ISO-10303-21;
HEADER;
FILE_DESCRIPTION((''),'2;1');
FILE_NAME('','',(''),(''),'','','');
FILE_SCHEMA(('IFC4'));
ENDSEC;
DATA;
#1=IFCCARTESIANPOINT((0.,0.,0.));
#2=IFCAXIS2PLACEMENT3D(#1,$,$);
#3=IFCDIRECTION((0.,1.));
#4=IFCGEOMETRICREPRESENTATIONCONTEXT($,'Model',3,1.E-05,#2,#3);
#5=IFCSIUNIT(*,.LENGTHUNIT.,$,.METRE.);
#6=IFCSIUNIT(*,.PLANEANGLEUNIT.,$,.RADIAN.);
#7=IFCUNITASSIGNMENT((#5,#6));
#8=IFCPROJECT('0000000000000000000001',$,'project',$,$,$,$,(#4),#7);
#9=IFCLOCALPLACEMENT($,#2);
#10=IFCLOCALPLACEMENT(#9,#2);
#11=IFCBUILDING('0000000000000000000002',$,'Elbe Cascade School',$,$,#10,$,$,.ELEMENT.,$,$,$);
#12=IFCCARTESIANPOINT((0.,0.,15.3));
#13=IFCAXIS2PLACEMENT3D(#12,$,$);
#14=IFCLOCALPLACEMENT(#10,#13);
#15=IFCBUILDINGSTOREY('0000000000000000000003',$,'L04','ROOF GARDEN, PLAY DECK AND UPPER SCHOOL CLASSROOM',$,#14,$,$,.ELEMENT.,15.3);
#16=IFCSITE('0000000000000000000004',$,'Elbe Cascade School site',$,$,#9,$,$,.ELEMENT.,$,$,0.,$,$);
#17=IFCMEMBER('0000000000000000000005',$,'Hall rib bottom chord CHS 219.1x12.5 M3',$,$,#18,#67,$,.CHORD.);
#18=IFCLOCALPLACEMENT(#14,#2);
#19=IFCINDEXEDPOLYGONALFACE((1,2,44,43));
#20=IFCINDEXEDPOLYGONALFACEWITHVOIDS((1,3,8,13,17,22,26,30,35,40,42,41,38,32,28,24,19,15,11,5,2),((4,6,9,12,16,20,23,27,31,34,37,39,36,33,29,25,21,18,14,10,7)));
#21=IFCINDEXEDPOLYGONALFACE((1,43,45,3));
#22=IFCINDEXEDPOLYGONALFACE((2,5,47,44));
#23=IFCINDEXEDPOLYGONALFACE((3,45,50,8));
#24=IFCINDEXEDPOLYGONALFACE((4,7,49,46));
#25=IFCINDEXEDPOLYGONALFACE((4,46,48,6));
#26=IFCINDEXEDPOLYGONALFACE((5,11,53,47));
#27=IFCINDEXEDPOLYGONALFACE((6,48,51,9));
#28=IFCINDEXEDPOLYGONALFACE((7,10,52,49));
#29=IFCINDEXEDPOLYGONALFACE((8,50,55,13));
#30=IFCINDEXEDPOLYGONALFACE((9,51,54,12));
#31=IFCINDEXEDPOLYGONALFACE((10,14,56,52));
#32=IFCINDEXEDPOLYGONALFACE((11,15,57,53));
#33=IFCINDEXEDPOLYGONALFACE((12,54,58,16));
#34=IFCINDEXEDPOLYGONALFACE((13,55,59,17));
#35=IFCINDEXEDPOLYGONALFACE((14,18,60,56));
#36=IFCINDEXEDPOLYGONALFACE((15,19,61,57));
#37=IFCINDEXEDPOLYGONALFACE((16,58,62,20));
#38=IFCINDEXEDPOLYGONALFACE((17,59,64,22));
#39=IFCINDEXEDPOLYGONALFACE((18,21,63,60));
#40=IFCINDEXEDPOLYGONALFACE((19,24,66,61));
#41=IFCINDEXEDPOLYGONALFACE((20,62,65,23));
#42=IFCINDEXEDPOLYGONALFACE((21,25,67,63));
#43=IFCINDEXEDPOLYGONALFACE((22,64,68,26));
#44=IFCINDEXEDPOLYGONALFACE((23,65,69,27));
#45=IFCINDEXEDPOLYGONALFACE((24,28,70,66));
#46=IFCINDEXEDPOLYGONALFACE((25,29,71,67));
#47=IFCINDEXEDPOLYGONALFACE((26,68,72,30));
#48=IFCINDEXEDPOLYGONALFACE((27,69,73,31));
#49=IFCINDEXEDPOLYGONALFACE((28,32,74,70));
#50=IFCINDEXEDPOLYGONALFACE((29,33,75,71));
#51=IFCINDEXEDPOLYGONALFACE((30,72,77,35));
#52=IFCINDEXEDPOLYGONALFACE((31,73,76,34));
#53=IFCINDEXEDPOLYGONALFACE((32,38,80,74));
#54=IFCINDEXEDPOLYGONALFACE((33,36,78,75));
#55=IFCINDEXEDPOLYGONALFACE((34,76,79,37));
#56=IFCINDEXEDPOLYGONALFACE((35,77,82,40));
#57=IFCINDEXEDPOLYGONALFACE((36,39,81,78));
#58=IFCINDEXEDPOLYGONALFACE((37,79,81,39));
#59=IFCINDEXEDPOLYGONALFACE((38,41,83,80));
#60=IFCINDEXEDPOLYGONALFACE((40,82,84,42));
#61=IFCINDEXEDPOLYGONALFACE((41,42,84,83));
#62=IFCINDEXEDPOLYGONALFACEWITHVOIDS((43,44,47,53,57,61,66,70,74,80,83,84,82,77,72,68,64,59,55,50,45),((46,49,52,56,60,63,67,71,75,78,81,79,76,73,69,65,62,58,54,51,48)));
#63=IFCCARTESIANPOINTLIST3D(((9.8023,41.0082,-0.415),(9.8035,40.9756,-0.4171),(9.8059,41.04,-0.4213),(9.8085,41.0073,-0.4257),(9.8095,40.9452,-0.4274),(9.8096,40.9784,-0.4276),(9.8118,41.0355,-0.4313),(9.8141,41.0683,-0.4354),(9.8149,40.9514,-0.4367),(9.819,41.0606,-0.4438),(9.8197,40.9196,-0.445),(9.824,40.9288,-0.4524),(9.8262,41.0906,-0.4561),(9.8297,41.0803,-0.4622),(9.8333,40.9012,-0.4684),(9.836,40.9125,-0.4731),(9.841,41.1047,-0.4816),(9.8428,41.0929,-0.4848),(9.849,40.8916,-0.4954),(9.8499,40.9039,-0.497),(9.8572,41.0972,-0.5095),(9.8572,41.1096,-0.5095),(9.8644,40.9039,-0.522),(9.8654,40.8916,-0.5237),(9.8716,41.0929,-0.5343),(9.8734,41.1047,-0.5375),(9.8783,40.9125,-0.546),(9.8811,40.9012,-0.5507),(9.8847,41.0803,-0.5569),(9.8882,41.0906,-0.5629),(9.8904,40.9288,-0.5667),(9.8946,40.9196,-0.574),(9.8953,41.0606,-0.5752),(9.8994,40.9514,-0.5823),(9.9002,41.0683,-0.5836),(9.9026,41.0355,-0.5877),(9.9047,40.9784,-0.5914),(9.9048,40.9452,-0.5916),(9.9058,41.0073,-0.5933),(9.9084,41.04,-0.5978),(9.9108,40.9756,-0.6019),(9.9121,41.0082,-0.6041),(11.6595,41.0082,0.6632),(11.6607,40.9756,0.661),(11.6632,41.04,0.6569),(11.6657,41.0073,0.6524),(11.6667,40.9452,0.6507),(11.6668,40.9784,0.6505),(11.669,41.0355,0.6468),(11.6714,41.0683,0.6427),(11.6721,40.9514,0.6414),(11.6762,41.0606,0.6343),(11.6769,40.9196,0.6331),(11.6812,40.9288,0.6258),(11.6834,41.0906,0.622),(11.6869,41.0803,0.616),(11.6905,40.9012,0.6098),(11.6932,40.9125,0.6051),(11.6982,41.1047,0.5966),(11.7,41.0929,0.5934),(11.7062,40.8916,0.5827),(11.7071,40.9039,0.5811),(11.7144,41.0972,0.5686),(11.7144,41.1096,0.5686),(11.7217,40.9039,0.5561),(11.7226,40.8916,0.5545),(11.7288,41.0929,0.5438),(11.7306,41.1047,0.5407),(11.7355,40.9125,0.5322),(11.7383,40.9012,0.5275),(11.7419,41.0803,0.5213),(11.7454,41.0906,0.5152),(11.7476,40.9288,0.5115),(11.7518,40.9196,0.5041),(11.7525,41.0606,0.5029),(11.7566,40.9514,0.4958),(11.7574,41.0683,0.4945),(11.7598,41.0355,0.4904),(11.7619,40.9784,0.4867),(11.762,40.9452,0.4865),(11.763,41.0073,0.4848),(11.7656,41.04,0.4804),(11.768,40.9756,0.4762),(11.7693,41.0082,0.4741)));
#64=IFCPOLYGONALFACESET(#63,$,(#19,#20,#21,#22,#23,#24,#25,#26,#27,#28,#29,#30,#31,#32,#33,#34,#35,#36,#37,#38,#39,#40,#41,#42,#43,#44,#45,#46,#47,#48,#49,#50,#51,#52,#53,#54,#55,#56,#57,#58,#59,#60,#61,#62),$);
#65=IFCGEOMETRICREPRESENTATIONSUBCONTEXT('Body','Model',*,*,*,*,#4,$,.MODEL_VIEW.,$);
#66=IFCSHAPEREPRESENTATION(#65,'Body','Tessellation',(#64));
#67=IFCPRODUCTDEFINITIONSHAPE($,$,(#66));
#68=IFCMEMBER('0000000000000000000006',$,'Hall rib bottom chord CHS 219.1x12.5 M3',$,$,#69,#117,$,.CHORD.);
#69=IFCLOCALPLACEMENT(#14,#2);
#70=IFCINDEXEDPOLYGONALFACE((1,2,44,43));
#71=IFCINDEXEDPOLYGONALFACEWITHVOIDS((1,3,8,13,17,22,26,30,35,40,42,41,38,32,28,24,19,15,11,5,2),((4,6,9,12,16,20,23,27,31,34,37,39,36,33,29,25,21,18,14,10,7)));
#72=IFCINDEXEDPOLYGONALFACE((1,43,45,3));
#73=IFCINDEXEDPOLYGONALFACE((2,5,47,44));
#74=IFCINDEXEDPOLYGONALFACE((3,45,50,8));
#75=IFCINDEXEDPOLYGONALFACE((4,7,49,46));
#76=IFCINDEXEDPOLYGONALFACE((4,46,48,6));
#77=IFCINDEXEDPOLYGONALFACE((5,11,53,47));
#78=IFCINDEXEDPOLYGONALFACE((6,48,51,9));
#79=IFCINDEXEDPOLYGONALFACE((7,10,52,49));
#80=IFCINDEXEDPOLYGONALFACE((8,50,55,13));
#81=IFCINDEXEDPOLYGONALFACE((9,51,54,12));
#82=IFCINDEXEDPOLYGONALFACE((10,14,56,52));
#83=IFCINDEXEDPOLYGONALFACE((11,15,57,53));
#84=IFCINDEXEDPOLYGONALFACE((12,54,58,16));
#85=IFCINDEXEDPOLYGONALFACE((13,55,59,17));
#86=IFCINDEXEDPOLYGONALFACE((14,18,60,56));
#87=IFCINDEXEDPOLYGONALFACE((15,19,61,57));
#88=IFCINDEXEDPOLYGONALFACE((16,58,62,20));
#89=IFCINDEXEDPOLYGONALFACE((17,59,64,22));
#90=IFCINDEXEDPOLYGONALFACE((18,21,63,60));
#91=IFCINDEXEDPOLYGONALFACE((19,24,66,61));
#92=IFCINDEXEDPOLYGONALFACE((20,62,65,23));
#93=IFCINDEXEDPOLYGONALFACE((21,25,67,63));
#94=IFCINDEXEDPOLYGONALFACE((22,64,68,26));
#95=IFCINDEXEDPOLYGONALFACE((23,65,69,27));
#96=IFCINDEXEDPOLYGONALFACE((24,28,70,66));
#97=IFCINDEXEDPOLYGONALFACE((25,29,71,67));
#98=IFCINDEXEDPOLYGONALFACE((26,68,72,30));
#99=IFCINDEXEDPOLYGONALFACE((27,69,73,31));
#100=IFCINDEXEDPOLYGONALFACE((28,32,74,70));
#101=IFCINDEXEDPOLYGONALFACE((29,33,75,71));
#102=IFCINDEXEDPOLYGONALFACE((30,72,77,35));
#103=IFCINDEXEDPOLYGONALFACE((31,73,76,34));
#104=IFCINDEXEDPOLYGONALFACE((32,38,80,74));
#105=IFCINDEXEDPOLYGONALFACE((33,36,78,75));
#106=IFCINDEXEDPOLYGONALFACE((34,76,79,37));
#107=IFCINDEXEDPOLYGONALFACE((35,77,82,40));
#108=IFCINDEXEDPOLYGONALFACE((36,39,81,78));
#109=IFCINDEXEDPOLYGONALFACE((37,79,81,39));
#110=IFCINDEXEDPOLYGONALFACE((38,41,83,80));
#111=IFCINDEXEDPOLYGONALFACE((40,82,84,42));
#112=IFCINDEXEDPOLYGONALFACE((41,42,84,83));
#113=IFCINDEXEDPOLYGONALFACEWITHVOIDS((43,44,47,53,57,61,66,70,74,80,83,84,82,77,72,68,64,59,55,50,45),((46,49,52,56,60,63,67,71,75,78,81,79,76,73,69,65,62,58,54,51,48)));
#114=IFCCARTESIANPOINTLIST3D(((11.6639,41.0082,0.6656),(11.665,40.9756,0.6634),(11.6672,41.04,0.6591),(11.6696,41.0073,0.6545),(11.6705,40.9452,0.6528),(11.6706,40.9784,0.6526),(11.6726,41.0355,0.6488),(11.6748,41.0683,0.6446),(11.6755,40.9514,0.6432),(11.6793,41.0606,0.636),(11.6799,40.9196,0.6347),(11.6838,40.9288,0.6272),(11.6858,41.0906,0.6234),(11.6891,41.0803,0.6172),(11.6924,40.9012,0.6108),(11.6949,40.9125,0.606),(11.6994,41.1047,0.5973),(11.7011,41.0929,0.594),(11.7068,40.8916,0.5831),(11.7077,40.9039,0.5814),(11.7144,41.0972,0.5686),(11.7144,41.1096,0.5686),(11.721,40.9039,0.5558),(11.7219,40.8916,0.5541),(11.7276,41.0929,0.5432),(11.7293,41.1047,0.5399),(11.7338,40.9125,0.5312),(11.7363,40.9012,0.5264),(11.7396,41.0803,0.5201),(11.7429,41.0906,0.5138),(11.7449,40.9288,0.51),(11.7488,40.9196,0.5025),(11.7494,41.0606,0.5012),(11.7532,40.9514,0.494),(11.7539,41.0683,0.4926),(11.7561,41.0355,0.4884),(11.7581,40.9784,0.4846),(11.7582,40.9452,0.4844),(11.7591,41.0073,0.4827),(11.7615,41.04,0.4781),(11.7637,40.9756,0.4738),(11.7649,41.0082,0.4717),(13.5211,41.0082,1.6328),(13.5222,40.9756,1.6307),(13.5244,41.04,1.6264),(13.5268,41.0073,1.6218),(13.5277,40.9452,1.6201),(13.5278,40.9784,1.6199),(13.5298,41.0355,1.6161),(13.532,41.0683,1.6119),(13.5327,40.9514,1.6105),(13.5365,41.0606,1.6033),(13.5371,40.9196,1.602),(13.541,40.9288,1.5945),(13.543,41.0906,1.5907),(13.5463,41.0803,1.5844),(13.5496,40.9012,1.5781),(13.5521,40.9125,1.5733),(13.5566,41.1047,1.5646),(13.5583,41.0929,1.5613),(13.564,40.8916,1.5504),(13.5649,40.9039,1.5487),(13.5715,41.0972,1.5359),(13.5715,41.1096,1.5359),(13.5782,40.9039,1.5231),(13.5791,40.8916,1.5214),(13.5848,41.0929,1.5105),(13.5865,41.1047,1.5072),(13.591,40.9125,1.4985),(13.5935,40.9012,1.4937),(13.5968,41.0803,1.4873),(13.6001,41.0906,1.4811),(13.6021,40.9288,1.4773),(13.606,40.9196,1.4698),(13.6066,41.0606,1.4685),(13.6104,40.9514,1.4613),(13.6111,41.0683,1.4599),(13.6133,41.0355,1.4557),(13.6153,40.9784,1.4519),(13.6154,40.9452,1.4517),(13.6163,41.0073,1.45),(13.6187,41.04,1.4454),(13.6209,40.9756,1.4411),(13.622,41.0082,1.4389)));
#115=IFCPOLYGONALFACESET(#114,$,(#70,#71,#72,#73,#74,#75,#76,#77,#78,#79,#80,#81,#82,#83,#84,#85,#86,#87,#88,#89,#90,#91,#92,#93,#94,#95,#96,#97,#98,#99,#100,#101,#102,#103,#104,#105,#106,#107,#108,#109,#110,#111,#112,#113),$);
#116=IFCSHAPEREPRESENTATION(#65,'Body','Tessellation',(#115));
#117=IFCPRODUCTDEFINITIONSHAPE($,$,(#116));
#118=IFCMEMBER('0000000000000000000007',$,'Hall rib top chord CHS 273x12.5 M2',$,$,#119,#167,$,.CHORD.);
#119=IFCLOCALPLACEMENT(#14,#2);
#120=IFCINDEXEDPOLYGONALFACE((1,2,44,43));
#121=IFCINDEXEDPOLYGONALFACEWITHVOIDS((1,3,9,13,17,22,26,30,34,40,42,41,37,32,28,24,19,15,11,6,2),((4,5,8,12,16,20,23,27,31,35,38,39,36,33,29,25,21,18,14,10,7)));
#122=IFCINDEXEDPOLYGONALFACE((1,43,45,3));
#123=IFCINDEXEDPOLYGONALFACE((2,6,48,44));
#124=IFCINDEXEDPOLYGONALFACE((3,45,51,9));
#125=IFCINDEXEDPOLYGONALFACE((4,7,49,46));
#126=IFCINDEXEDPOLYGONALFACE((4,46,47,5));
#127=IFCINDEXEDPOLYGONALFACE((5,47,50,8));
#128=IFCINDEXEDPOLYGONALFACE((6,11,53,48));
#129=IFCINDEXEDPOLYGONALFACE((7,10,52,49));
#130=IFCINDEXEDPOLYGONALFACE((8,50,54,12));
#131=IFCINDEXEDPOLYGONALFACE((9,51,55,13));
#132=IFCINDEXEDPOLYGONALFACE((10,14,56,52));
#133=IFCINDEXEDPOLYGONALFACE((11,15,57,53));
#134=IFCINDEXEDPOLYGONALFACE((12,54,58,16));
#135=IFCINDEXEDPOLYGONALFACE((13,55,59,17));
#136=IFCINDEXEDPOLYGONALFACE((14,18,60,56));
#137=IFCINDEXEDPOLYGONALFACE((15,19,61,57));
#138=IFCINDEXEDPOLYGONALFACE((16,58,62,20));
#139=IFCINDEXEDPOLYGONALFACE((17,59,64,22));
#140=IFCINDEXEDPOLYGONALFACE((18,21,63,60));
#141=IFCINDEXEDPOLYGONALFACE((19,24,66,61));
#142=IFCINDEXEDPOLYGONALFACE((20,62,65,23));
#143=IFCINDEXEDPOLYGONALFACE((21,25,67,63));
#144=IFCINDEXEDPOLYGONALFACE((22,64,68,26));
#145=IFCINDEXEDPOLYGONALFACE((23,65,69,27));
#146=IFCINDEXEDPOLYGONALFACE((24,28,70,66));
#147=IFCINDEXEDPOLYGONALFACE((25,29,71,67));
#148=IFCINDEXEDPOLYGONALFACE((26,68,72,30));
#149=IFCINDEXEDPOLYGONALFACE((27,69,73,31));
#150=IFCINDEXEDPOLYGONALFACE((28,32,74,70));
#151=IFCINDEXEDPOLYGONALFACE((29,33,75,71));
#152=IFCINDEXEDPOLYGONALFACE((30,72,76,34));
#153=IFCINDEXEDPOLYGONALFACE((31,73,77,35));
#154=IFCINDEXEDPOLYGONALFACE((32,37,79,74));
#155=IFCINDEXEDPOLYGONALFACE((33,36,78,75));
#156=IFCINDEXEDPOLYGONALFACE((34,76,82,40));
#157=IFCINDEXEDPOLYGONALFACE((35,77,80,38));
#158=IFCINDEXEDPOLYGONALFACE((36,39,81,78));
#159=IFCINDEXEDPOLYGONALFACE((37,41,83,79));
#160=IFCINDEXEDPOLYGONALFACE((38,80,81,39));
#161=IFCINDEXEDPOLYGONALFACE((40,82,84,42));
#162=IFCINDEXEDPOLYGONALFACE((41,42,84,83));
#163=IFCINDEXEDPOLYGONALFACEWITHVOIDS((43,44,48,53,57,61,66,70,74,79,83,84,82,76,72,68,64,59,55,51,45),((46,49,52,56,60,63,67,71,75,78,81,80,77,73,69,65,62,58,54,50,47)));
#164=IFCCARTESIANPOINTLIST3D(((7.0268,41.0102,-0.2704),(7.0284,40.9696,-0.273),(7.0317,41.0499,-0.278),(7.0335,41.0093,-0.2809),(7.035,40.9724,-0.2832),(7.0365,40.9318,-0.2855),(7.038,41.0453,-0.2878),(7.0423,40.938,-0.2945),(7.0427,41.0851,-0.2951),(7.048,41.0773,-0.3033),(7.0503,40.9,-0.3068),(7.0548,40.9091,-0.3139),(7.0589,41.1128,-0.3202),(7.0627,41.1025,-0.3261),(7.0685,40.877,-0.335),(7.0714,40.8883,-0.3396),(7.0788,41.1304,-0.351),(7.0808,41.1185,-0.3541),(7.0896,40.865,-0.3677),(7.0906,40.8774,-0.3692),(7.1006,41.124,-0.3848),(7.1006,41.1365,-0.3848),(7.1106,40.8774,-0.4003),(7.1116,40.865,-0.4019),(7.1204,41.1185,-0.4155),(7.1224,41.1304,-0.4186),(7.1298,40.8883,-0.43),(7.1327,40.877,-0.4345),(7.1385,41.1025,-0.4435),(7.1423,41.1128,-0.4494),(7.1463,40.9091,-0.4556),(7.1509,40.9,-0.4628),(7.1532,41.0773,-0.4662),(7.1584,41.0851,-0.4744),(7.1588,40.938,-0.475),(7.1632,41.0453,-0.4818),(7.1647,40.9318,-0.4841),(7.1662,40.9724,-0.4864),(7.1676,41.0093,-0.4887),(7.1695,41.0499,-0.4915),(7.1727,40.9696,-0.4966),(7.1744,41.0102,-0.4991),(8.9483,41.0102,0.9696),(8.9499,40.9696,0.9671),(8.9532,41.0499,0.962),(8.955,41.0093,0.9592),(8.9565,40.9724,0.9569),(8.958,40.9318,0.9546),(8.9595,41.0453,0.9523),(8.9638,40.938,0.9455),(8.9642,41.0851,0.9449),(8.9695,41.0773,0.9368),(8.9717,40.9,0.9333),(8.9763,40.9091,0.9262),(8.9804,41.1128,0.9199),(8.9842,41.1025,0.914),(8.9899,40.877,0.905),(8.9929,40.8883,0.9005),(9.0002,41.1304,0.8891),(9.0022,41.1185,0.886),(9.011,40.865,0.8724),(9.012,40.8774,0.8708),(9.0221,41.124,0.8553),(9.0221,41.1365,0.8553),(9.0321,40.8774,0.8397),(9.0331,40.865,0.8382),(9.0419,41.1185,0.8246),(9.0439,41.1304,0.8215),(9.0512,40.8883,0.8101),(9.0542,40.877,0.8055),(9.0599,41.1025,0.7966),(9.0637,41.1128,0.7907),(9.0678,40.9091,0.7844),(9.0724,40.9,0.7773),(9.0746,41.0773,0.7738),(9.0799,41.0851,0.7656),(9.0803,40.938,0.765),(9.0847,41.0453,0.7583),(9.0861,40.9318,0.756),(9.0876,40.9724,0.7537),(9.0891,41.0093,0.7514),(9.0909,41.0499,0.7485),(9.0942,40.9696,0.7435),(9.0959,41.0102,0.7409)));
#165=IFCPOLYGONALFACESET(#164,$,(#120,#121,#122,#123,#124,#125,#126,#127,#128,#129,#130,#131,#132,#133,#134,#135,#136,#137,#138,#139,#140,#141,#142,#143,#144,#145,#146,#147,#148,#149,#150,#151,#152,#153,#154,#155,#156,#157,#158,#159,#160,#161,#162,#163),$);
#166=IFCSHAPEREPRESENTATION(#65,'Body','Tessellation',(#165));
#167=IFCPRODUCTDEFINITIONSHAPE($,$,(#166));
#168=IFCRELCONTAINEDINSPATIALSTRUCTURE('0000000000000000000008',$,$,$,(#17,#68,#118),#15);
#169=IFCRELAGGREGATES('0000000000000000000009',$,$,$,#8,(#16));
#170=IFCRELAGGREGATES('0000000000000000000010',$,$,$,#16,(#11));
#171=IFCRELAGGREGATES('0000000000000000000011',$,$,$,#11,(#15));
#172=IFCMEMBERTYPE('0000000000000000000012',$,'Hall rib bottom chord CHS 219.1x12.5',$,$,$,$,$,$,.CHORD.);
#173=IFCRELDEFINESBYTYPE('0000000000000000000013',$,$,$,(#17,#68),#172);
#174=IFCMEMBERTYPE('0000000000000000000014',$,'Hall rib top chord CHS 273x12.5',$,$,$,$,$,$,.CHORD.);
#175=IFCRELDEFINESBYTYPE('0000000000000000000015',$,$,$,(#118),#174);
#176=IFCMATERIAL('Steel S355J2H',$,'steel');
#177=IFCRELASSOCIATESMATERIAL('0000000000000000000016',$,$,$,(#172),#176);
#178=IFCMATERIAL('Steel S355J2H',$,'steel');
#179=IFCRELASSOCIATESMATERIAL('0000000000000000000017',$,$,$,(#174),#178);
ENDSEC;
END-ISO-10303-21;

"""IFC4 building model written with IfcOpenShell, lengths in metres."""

from ifc_helpers import new_model, si_unit, direction, frame, origin, origin_2d, place, context, subcontext, project, spatial, hollow_circle, extrude, material, material_profile, profile_set, type_object, element, save


model = new_model("IFC4")

# Units and contexts
model_context = context("Model", 3, precision=1e-05, world=origin(), true_north=direction((0.0, 1.0)))
body_context = subcontext(model_context, "Body", "Model", "MODEL_VIEW")
ifc_project = project(units=[si_unit("LENGTHUNIT", "METRE"), si_unit("PLANEANGLEUNIT", "RADIAN")], contexts=[model_context])

# Site, building, storey
site_placement = place(None, origin())
site = spatial("IfcSite", under=ifc_project, at=site_placement, Name="Elbe Cascade School site", CompositionType="ELEMENT", RefElevation=0.0)
building_placement = place(site_placement, origin())
building = spatial("IfcBuilding", under=site, at=building_placement, Name="Elbe Cascade School", CompositionType="ELEMENT")
storey_placement = place(building_placement, frame((0.0, 0.0, 15.3)))
storey = spatial("IfcBuildingStorey", under=building, at=storey_placement, Name="L04", Description="ROOF GARDEN, PLAY DECK AND UPPER SCHOOL CLASSROOM", CompositionType="ELEMENT", Elevation=15.3)

# Members
ifc_material_1 = material(Name="Steel S355J2H", Category="steel")
ifc_material_profile_1 = material_profile(ifc_material_1, hollow_circle(Radius=0.1096, WallThickness=0.0125, at=origin_2d()), Name="CHS 219.1x12.5")
ifc_profile_set_1 = profile_set([ifc_material_profile_1], Name="Steel S355J2H")
member_type_1 = type_object("IfcMemberType", Name="Hall rib bottom chord CHS 219.1x12.5", PredefinedType="CHORD", material=ifc_profile_set_1)
member_1_placement = place(storey_placement, frame((9.8572, 41.0, -0.5095), z_axis=(0.864837, 0.0, 0.502053), x_axis=(0.0, 1.0, 0.0)))
element("IfcMember", 1, at=member_1_placement, inside=storey, type_object=member_type_1, Name="Hall rib bottom chord CHS 219.1x12.5 M3", PredefinedType="CHORD", context=body_context, shape_type="SweptSolid", body=[
    extrude(hollow_circle(Radius=0.1096, WallThickness=0.0125, at=origin_2d()), origin(), (0.0, 0.0, 1.0), 2.1475),
])
member_2_placement = place(storey_placement, frame((11.7144, 41.0, 0.5686), z_axis=(0.886913, 0.0, 0.461936), x_axis=(0.0, 1.0, 0.0)))
element("IfcMember", 2, at=member_2_placement, inside=storey, type_object=member_type_1, Name="Hall rib bottom chord CHS 219.1x12.5 M3", PredefinedType="CHORD", context=body_context, shape_type="SweptSolid", body=[
    extrude(hollow_circle(Radius=0.1096, WallThickness=0.0125, at=origin_2d()), origin(), (0.0, 0.0, 1.0), 2.094),
])
ifc_material_2 = material(Name="Steel S355J2H", Category="steel")
ifc_material_profile_2 = material_profile(ifc_material_2, hollow_circle(Radius=0.1365, WallThickness=0.0125, at=origin_2d()), Name="CHS 273x12.5")
ifc_profile_set_2 = profile_set([ifc_material_profile_2], Name="Steel S355J2H")
member_type_2 = type_object("IfcMemberType", Name="Hall rib top chord CHS 273x12.5", PredefinedType="CHORD", material=ifc_profile_set_2)
member_3_placement = place(storey_placement, frame((7.1006, 41.0, -0.3848), z_axis=(0.84022, 0.0, 0.542246), x_axis=(0.0, 1.0, 0.0)))
element("IfcMember", 3, at=member_3_placement, inside=storey, type_object=member_type_2, Name="Hall rib top chord CHS 273x12.5 M2", PredefinedType="CHORD", context=body_context, shape_type="SweptSolid", body=[
    extrude(hollow_circle(Radius=0.1365, WallThickness=0.0125, at=origin_2d()), origin(), (0.0, 0.0, 1.0), 2.2869),
])

save(model, "model.ifc")
